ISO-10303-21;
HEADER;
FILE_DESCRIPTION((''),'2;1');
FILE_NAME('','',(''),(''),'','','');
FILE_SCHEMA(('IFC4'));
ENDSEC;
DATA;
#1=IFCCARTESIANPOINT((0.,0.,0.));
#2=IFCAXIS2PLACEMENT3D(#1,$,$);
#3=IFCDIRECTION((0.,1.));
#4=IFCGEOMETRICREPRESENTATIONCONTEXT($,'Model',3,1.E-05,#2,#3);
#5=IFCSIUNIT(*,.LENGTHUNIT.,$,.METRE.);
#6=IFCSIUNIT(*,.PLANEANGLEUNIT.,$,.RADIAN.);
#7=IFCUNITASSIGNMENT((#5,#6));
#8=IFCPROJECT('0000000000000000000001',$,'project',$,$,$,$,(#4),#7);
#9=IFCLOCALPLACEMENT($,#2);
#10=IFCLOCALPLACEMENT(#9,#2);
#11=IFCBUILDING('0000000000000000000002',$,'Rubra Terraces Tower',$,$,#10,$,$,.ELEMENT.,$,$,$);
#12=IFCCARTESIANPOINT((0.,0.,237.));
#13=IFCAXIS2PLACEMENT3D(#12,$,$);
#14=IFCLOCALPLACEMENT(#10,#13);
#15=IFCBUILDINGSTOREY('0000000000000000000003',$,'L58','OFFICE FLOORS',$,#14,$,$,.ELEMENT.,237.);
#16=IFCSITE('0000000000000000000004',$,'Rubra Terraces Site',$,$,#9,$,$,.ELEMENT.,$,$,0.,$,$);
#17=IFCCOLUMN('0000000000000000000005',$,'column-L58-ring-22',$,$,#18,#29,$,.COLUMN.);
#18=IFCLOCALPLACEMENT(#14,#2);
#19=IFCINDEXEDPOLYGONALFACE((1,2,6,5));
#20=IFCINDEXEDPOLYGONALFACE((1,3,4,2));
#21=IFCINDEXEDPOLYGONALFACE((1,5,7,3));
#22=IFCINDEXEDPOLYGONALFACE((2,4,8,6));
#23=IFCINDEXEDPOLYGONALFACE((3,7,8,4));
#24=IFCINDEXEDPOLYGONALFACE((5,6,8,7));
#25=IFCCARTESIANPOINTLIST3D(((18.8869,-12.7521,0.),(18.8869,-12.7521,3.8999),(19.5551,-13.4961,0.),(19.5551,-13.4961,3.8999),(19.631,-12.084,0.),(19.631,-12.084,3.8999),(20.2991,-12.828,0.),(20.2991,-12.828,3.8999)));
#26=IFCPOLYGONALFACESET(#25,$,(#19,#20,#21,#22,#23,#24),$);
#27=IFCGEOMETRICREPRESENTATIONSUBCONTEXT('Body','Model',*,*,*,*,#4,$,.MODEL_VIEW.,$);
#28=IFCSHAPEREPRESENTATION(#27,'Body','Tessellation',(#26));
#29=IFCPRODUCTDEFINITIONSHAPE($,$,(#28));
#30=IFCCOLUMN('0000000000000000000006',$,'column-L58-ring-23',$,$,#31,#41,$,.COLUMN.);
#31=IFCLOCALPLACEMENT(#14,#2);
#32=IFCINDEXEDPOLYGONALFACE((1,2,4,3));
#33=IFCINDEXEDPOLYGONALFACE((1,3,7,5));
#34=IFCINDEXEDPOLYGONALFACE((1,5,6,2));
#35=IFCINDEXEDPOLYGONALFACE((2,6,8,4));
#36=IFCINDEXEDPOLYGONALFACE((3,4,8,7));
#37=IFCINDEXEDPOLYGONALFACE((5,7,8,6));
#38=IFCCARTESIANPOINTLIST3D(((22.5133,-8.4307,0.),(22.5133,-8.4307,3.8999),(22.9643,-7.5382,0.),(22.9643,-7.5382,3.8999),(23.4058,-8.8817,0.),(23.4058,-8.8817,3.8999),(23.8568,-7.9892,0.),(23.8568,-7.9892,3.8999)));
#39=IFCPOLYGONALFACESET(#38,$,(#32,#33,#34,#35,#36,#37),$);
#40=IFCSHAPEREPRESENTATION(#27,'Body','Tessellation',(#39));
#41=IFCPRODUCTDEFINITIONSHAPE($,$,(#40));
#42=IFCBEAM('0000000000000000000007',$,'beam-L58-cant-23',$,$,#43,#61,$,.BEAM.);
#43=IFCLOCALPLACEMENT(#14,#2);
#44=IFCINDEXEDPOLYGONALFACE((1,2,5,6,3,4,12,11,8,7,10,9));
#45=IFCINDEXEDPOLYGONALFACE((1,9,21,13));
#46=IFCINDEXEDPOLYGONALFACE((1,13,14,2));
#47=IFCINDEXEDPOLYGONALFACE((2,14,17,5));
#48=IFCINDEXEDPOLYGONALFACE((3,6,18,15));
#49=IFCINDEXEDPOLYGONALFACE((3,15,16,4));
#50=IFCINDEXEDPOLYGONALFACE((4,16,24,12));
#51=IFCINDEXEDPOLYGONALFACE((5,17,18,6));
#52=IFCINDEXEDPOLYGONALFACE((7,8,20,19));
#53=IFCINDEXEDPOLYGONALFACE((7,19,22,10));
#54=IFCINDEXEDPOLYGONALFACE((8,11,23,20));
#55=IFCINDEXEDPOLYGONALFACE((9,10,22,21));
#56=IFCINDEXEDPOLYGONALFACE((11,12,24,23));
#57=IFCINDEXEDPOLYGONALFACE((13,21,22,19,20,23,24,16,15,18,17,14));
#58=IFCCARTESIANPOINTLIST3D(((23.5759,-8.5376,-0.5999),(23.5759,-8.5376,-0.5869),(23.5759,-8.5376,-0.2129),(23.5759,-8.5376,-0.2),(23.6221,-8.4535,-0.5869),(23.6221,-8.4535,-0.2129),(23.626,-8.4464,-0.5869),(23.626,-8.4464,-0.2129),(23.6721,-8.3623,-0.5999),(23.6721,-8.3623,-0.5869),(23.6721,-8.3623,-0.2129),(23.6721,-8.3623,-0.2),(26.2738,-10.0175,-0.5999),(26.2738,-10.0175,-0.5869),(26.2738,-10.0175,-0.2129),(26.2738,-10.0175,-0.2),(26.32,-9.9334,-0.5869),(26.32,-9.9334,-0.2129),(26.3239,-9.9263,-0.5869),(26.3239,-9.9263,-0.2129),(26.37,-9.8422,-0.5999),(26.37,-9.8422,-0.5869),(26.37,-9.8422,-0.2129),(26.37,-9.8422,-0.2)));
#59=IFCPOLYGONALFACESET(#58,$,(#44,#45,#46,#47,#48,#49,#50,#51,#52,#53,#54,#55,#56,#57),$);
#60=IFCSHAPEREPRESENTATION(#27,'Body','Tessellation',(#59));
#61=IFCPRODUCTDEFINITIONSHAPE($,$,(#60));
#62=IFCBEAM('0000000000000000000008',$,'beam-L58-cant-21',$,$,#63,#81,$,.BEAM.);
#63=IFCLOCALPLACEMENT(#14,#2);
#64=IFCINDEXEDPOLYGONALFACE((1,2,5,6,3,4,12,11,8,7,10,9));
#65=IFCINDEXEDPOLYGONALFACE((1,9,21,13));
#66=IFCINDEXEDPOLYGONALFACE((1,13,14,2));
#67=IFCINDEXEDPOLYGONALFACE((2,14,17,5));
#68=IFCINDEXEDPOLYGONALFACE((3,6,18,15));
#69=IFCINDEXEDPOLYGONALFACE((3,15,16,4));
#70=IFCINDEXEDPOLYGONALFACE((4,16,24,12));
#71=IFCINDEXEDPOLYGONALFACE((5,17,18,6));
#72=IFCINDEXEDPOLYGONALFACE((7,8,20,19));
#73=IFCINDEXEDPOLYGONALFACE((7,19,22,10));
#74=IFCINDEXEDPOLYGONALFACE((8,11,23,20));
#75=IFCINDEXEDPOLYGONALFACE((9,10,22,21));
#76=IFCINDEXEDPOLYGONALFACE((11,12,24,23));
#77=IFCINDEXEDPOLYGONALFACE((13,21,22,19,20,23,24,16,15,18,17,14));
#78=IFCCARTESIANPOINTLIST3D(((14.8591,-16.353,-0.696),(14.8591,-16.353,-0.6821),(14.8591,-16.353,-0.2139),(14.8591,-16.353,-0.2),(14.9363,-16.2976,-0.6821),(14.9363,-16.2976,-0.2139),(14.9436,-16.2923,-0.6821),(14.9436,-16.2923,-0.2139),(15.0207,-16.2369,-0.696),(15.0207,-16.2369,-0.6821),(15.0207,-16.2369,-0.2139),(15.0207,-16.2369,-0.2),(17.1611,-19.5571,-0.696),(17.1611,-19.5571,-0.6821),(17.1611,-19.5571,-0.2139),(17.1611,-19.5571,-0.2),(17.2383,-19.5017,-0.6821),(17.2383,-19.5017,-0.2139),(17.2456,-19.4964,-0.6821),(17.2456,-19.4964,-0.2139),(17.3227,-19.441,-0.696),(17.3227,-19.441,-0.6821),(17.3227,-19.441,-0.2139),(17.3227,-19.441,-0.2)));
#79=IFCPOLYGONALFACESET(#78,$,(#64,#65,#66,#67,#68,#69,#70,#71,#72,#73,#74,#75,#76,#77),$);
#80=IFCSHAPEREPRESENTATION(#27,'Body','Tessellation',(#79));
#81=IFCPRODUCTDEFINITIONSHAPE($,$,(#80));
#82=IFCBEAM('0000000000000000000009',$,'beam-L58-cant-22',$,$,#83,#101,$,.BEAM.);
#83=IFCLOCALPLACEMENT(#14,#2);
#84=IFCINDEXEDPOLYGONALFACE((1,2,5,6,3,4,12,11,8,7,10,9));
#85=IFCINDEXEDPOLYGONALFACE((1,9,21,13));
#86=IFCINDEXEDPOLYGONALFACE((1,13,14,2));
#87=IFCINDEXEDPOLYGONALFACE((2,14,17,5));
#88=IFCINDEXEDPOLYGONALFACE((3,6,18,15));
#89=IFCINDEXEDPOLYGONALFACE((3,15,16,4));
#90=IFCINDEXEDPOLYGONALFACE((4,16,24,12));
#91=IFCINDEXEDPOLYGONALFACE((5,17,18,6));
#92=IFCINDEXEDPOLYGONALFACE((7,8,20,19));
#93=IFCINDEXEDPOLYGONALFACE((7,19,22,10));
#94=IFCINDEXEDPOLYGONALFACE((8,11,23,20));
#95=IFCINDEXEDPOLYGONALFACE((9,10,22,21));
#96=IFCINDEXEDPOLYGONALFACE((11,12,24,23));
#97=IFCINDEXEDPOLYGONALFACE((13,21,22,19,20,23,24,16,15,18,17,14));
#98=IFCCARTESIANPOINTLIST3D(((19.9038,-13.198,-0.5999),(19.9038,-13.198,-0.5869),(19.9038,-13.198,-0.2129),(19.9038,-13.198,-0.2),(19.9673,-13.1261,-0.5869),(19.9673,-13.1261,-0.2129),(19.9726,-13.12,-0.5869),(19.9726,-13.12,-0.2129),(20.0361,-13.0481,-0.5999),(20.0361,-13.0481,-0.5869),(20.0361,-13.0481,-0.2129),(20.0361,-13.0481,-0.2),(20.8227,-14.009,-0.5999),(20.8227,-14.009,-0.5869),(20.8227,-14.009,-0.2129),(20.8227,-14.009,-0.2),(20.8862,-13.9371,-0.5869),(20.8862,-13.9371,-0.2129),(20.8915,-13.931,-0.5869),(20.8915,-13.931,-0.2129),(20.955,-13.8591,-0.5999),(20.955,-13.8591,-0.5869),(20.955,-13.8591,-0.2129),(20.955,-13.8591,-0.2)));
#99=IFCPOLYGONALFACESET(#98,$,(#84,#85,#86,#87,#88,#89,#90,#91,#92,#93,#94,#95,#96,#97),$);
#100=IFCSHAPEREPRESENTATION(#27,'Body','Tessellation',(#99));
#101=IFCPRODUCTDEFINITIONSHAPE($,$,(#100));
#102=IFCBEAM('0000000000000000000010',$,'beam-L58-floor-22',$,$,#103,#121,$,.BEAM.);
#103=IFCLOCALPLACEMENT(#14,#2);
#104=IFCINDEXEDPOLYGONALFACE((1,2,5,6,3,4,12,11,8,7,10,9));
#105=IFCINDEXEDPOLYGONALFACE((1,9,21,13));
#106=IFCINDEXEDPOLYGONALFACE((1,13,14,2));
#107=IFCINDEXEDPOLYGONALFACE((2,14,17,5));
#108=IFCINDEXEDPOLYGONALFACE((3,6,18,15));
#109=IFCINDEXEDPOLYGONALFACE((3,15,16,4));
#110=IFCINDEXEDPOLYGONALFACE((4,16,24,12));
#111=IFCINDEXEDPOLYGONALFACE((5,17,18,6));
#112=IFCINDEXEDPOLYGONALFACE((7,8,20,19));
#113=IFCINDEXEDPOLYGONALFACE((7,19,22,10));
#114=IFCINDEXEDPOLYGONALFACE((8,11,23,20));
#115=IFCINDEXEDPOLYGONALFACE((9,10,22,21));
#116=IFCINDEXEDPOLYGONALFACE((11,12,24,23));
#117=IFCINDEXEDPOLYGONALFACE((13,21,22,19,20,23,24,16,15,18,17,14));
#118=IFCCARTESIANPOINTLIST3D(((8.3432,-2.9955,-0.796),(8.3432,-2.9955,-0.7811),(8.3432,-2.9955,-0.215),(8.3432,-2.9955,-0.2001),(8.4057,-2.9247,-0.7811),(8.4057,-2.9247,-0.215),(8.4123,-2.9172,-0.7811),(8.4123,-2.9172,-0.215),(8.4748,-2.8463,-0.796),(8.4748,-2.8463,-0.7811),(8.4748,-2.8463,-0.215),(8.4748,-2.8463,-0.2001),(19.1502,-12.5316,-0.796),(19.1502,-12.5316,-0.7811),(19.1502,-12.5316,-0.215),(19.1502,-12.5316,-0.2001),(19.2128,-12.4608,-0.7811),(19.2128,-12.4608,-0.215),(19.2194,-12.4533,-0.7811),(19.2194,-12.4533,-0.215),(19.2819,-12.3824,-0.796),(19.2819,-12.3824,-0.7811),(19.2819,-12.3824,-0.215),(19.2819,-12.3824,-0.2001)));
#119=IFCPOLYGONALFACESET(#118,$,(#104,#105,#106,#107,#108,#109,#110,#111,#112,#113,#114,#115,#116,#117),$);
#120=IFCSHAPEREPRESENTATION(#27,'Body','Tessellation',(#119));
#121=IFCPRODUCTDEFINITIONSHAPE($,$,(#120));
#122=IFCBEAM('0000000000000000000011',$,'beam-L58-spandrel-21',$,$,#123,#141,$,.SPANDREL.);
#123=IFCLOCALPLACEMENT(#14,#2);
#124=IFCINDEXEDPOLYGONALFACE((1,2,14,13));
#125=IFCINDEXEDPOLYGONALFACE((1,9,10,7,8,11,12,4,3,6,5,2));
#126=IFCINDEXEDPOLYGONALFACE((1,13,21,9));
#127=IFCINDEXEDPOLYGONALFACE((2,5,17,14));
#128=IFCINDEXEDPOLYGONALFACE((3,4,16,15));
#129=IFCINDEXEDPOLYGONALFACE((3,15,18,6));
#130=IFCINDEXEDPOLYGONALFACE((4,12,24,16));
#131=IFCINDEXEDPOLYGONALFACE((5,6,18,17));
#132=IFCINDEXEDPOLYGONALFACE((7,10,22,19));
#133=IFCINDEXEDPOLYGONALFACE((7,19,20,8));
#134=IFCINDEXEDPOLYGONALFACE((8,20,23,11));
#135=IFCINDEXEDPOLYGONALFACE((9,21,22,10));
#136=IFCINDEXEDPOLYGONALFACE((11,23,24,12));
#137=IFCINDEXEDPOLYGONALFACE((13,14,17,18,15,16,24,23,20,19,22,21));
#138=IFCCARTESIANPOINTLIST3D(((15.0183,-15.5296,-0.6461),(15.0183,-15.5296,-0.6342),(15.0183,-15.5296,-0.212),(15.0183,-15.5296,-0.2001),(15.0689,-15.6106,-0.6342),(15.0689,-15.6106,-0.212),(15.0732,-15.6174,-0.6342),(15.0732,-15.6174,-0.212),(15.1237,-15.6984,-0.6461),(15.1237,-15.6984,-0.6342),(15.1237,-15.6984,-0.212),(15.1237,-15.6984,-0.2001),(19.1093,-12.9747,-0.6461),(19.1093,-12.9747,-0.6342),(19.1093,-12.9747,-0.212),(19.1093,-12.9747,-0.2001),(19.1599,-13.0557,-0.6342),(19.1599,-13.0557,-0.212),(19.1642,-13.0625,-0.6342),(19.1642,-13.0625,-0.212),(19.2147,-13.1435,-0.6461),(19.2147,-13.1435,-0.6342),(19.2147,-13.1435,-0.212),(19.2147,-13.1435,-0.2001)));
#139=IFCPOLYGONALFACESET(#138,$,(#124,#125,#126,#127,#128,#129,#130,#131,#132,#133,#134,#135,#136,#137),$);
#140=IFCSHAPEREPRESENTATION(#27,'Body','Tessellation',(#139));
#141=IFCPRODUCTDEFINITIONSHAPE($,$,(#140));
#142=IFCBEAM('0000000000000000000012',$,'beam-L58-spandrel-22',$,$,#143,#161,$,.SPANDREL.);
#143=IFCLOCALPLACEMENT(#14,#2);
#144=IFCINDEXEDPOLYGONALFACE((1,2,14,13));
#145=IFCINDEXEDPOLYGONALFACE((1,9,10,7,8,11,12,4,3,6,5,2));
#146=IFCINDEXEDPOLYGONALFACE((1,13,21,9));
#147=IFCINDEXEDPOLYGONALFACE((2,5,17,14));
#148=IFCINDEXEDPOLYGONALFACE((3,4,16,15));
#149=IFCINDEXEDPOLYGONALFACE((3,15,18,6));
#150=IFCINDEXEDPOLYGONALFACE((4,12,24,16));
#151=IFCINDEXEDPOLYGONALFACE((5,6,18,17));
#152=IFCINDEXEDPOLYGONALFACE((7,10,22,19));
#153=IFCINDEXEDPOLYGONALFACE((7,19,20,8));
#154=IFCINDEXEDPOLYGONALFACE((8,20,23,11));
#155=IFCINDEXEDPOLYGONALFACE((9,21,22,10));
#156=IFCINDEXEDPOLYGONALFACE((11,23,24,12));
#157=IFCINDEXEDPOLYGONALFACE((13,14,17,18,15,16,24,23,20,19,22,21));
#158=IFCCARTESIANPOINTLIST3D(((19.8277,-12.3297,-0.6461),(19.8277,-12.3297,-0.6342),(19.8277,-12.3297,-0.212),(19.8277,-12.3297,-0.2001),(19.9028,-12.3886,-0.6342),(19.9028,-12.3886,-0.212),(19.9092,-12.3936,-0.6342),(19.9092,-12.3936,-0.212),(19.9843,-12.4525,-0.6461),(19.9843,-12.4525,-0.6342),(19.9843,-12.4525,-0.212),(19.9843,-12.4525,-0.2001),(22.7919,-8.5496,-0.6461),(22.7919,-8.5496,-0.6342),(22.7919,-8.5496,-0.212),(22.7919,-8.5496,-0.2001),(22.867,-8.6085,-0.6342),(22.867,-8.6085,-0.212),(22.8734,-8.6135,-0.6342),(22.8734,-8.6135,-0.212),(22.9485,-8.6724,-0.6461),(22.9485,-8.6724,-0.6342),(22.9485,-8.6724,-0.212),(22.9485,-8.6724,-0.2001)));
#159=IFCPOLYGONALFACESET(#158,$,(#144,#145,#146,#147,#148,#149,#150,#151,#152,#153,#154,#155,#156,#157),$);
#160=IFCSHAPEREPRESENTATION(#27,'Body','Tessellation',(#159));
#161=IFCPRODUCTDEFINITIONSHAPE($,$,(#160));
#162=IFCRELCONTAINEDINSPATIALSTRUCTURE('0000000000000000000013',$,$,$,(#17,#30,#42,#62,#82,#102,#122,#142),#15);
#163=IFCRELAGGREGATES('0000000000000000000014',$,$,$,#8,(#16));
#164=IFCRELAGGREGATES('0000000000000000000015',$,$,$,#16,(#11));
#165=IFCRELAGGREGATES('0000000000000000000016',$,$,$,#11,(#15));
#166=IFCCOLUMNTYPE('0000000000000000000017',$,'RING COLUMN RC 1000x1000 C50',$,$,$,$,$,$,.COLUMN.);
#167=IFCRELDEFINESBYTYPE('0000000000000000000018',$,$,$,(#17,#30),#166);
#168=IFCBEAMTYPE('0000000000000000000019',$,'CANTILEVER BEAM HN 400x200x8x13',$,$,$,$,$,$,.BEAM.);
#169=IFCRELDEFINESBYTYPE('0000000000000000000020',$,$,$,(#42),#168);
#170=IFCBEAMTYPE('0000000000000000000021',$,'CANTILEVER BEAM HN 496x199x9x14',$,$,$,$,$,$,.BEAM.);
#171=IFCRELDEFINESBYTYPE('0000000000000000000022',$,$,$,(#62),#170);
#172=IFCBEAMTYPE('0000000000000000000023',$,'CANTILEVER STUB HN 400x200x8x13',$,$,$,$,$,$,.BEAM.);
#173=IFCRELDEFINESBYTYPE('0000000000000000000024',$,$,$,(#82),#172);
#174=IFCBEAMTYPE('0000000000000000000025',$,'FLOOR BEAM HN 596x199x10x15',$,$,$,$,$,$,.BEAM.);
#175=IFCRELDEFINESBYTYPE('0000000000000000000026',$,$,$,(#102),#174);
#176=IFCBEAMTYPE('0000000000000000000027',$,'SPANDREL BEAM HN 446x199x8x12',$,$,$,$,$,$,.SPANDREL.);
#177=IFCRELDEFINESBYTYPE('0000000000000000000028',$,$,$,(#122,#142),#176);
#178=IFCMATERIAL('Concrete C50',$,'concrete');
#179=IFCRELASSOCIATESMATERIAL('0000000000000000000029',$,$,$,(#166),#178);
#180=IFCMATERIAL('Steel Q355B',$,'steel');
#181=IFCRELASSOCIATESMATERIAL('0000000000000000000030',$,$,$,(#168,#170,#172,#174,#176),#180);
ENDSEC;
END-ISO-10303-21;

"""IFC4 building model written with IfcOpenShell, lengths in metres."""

from ifc_helpers import new_model, si_unit, direction, frame, origin, origin_2d, place, context, subcontext, project, spatial, rectangle, i_section, extrude, material, material_profile, profile_set, type_object, element, save


model = new_model("IFC4")

# Units and contexts
model_context = context("Model", 3, precision=1e-05, world=origin(), true_north=direction((0.0, 1.0)))
body_context = subcontext(model_context, "Body", "Model", "MODEL_VIEW")
ifc_project = project(units=[si_unit("LENGTHUNIT", "METRE"), si_unit("PLANEANGLEUNIT", "RADIAN")], contexts=[model_context])

# Site, building, storey
site_placement = place(None, origin())
site = spatial("IfcSite", under=ifc_project, at=site_placement, Name="Rubra Terraces Site", CompositionType="ELEMENT", RefElevation=0.0)
building_placement = place(site_placement, origin())
building = spatial("IfcBuilding", under=site, at=building_placement, Name="Rubra Terraces Tower", CompositionType="ELEMENT")
storey_placement = place(building_placement, frame((0.0, 0.0, 237.0)))
storey = spatial("IfcBuildingStorey", under=building, at=storey_placement, Name="L58", Description="OFFICE FLOORS", CompositionType="ELEMENT", Elevation=237.0)

# Columns
ifc_material_1 = material(Name="Concrete C50", Category="concrete")
ifc_material_profile_1 = material_profile(ifc_material_1, rectangle(XDim=1.0, YDim=1.0, at=origin_2d()), Name="RC 1000x1000")
ifc_profile_set_1 = profile_set([ifc_material_profile_1], Name="Concrete C50")
column_type = type_object("IfcColumnType", Name="RING COLUMN RC 1000x1000 C50", PredefinedType="COLUMN", material=ifc_profile_set_1)
for number, where, z_axis, x_axis, name in (
    (1, (19.593, -12.79, 0.0), (0.0, 0.0, 1.0), (0.744021, 0.668156, 0.0), "column-L58-ring-22"),
    (2, (23.1851, -8.21, 0.0), (0.0, 0.0, 1.0), (0.451028, 0.89251, 0.0), "column-L58-ring-23"),
):
    element("IfcColumn", number, at=place(storey_placement, frame(where, z_axis=z_axis, x_axis=x_axis)), inside=storey, type_object=column_type, Name=name, PredefinedType="COLUMN", context=body_context, shape_type="SweptSolid", body=[
        extrude(rectangle(XDim=1.0, YDim=1.0, at=origin_2d()), origin(), (0.0, 0.0, 1.0), 3.8999),
    ])

# Beams
ifc_material_2 = material(Name="Steel Q355B", Category="steel")
ifc_material_profile_2 = material_profile(ifc_material_2, i_section(OverallWidth=0.2, OverallDepth=0.3999, WebThickness=0.0081, FlangeThickness=0.0129, at=origin_2d()), Name="HN 400x200x8x13")
ifc_profile_set_2 = profile_set([ifc_material_profile_2], Name="Steel Q355B")
beam_type_1 = type_object("IfcBeamType", Name="CANTILEVER BEAM HN 400x200x8x13", PredefinedType="BEAM", material=ifc_profile_set_2)
beam_1_placement = place(storey_placement, frame((23.624, -8.45, -0.3999), z_axis=(0.876753, -0.480941, 0.0), x_axis=(0.480941, 0.876753, 0.0)))
element("IfcBeam", 3, at=beam_1_placement, inside=storey, type_object=beam_type_1, Name="beam-L58-cant-23", PredefinedType="BEAM", context=body_context, shape_type="SweptSolid", body=[
    extrude(i_section(OverallWidth=0.2, OverallDepth=0.3999, WebThickness=0.0081, FlangeThickness=0.0129, at=origin_2d()), origin(), (0.0, 0.0, 1.0), 3.0771),
])
ifc_material_profile_3 = material_profile(ifc_material_2, i_section(OverallWidth=0.199, OverallDepth=0.4961, WebThickness=0.009, FlangeThickness=0.0139, at=origin_2d()), Name="HN 496x199x9x14")
ifc_profile_set_3 = profile_set([ifc_material_profile_3], Name="Steel Q355B")
beam_type_2 = type_object("IfcBeamType", Name="CANTILEVER BEAM HN 496x199x9x14", PredefinedType="BEAM", material=ifc_profile_set_3)
beam_2_placement = place(storey_placement, frame((14.9399, -16.2949, -0.448), z_axis=(0.583478, -0.812129, 0.0), x_axis=(0.812129, 0.583478, 0.0)))
element("IfcBeam", 4, at=beam_2_placement, inside=storey, type_object=beam_type_2, Name="beam-L58-cant-21", PredefinedType="BEAM", context=body_context, shape_type="SweptSolid", body=[
    extrude(i_section(OverallWidth=0.199, OverallDepth=0.4961, WebThickness=0.009, FlangeThickness=0.0139, at=origin_2d()), origin(), (0.0, 0.0, 1.0), 3.9453),
])
ifc_material_profile_4 = material_profile(ifc_material_2, i_section(OverallWidth=0.2, OverallDepth=0.3999, WebThickness=0.0081, FlangeThickness=0.0129, at=origin_2d()), Name="HN 400x200x8x13")
ifc_profile_set_4 = profile_set([ifc_material_profile_4], Name="Steel Q355B")
beam_type_3 = type_object("IfcBeamType", Name="CANTILEVER STUB HN 400x200x8x13", PredefinedType="BEAM", material=ifc_profile_set_4)
beam_3_placement = place(storey_placement, frame((19.97, -13.123, -0.3999), z_axis=(0.749756, -0.661714, 0.0), x_axis=(0.661714, 0.749756, 0.0)))
element("IfcBeam", 5, at=beam_3_placement, inside=storey, type_object=beam_type_3, Name="beam-L58-cant-22", PredefinedType="BEAM", context=body_context, shape_type="SweptSolid", body=[
    extrude(i_section(OverallWidth=0.2, OverallDepth=0.3999, WebThickness=0.0081, FlangeThickness=0.0129, at=origin_2d()), origin(), (0.0, 0.0, 1.0), 1.2256),
])
ifc_material_profile_5 = material_profile(ifc_material_2, i_section(OverallWidth=0.199, OverallDepth=0.5959, WebThickness=0.01, FlangeThickness=0.0149, at=origin_2d()), Name="HN 596x199x10x15")
ifc_profile_set_5 = profile_set([ifc_material_profile_5], Name="Steel Q355B")
beam_type_4 = type_object("IfcBeamType", Name="FLOOR BEAM HN 596x199x10x15", PredefinedType="BEAM", material=ifc_profile_set_5)
beam_4_placement = place(storey_placement, frame((19.2161, -12.457, -0.498), z_axis=(-0.749823, 0.661638, 0.0), x_axis=(-0.661638, -0.749823, 0.0)))
element("IfcBeam", 6, at=beam_4_placement, inside=storey, type_object=beam_type_4, Name="beam-L58-floor-22", PredefinedType="BEAM", context=body_context, shape_type="SweptSolid", body=[
    extrude(i_section(OverallWidth=0.199, OverallDepth=0.5959, WebThickness=0.01, FlangeThickness=0.0149, at=origin_2d()), origin(), (0.0, 0.0, 1.0), 14.4128),
])
ifc_material_profile_6 = material_profile(ifc_material_2, i_section(OverallWidth=0.199, OverallDepth=0.446, WebThickness=0.0081, FlangeThickness=0.012, at=origin_2d()), Name="HN 446x199x8x12")
ifc_profile_set_6 = profile_set([ifc_material_profile_6], Name="Steel Q355B")
beam_type_5 = type_object("IfcBeamType", Name="SPANDREL BEAM HN 446x199x8x12", PredefinedType="SPANDREL", material=ifc_profile_set_6)
beam_5_placement = place(storey_placement, frame((15.071, -15.614, -0.4231), z_axis=(0.848183, 0.529703, 0.0), x_axis=(-0.529703, 0.848183, 0.0)))
element("IfcBeam", 7, at=beam_5_placement, inside=storey, type_object=beam_type_5, Name="beam-L58-spandrel-21", PredefinedType="SPANDREL", context=body_context, shape_type="SweptSolid", body=[
    extrude(i_section(OverallWidth=0.199, OverallDepth=0.446, WebThickness=0.0081, FlangeThickness=0.012, at=origin_2d()), origin(), (0.0, 0.0, 1.0), 4.8232),
])
beam_6_placement = place(storey_placement, frame((19.906, -12.3911, -0.4231), z_axis=(0.61706, 0.786916, 0.0), x_axis=(-0.786916, 0.61706, 0.0)))
element("IfcBeam", 8, at=beam_6_placement, inside=storey, type_object=beam_type_5, Name="beam-L58-spandrel-22", PredefinedType="SPANDREL", context=body_context, shape_type="SweptSolid", body=[
    extrude(i_section(OverallWidth=0.199, OverallDepth=0.446, WebThickness=0.0081, FlangeThickness=0.012, at=origin_2d()), origin(), (0.0, 0.0, 1.0), 4.8037),
])

save(model, "model.ifc")
